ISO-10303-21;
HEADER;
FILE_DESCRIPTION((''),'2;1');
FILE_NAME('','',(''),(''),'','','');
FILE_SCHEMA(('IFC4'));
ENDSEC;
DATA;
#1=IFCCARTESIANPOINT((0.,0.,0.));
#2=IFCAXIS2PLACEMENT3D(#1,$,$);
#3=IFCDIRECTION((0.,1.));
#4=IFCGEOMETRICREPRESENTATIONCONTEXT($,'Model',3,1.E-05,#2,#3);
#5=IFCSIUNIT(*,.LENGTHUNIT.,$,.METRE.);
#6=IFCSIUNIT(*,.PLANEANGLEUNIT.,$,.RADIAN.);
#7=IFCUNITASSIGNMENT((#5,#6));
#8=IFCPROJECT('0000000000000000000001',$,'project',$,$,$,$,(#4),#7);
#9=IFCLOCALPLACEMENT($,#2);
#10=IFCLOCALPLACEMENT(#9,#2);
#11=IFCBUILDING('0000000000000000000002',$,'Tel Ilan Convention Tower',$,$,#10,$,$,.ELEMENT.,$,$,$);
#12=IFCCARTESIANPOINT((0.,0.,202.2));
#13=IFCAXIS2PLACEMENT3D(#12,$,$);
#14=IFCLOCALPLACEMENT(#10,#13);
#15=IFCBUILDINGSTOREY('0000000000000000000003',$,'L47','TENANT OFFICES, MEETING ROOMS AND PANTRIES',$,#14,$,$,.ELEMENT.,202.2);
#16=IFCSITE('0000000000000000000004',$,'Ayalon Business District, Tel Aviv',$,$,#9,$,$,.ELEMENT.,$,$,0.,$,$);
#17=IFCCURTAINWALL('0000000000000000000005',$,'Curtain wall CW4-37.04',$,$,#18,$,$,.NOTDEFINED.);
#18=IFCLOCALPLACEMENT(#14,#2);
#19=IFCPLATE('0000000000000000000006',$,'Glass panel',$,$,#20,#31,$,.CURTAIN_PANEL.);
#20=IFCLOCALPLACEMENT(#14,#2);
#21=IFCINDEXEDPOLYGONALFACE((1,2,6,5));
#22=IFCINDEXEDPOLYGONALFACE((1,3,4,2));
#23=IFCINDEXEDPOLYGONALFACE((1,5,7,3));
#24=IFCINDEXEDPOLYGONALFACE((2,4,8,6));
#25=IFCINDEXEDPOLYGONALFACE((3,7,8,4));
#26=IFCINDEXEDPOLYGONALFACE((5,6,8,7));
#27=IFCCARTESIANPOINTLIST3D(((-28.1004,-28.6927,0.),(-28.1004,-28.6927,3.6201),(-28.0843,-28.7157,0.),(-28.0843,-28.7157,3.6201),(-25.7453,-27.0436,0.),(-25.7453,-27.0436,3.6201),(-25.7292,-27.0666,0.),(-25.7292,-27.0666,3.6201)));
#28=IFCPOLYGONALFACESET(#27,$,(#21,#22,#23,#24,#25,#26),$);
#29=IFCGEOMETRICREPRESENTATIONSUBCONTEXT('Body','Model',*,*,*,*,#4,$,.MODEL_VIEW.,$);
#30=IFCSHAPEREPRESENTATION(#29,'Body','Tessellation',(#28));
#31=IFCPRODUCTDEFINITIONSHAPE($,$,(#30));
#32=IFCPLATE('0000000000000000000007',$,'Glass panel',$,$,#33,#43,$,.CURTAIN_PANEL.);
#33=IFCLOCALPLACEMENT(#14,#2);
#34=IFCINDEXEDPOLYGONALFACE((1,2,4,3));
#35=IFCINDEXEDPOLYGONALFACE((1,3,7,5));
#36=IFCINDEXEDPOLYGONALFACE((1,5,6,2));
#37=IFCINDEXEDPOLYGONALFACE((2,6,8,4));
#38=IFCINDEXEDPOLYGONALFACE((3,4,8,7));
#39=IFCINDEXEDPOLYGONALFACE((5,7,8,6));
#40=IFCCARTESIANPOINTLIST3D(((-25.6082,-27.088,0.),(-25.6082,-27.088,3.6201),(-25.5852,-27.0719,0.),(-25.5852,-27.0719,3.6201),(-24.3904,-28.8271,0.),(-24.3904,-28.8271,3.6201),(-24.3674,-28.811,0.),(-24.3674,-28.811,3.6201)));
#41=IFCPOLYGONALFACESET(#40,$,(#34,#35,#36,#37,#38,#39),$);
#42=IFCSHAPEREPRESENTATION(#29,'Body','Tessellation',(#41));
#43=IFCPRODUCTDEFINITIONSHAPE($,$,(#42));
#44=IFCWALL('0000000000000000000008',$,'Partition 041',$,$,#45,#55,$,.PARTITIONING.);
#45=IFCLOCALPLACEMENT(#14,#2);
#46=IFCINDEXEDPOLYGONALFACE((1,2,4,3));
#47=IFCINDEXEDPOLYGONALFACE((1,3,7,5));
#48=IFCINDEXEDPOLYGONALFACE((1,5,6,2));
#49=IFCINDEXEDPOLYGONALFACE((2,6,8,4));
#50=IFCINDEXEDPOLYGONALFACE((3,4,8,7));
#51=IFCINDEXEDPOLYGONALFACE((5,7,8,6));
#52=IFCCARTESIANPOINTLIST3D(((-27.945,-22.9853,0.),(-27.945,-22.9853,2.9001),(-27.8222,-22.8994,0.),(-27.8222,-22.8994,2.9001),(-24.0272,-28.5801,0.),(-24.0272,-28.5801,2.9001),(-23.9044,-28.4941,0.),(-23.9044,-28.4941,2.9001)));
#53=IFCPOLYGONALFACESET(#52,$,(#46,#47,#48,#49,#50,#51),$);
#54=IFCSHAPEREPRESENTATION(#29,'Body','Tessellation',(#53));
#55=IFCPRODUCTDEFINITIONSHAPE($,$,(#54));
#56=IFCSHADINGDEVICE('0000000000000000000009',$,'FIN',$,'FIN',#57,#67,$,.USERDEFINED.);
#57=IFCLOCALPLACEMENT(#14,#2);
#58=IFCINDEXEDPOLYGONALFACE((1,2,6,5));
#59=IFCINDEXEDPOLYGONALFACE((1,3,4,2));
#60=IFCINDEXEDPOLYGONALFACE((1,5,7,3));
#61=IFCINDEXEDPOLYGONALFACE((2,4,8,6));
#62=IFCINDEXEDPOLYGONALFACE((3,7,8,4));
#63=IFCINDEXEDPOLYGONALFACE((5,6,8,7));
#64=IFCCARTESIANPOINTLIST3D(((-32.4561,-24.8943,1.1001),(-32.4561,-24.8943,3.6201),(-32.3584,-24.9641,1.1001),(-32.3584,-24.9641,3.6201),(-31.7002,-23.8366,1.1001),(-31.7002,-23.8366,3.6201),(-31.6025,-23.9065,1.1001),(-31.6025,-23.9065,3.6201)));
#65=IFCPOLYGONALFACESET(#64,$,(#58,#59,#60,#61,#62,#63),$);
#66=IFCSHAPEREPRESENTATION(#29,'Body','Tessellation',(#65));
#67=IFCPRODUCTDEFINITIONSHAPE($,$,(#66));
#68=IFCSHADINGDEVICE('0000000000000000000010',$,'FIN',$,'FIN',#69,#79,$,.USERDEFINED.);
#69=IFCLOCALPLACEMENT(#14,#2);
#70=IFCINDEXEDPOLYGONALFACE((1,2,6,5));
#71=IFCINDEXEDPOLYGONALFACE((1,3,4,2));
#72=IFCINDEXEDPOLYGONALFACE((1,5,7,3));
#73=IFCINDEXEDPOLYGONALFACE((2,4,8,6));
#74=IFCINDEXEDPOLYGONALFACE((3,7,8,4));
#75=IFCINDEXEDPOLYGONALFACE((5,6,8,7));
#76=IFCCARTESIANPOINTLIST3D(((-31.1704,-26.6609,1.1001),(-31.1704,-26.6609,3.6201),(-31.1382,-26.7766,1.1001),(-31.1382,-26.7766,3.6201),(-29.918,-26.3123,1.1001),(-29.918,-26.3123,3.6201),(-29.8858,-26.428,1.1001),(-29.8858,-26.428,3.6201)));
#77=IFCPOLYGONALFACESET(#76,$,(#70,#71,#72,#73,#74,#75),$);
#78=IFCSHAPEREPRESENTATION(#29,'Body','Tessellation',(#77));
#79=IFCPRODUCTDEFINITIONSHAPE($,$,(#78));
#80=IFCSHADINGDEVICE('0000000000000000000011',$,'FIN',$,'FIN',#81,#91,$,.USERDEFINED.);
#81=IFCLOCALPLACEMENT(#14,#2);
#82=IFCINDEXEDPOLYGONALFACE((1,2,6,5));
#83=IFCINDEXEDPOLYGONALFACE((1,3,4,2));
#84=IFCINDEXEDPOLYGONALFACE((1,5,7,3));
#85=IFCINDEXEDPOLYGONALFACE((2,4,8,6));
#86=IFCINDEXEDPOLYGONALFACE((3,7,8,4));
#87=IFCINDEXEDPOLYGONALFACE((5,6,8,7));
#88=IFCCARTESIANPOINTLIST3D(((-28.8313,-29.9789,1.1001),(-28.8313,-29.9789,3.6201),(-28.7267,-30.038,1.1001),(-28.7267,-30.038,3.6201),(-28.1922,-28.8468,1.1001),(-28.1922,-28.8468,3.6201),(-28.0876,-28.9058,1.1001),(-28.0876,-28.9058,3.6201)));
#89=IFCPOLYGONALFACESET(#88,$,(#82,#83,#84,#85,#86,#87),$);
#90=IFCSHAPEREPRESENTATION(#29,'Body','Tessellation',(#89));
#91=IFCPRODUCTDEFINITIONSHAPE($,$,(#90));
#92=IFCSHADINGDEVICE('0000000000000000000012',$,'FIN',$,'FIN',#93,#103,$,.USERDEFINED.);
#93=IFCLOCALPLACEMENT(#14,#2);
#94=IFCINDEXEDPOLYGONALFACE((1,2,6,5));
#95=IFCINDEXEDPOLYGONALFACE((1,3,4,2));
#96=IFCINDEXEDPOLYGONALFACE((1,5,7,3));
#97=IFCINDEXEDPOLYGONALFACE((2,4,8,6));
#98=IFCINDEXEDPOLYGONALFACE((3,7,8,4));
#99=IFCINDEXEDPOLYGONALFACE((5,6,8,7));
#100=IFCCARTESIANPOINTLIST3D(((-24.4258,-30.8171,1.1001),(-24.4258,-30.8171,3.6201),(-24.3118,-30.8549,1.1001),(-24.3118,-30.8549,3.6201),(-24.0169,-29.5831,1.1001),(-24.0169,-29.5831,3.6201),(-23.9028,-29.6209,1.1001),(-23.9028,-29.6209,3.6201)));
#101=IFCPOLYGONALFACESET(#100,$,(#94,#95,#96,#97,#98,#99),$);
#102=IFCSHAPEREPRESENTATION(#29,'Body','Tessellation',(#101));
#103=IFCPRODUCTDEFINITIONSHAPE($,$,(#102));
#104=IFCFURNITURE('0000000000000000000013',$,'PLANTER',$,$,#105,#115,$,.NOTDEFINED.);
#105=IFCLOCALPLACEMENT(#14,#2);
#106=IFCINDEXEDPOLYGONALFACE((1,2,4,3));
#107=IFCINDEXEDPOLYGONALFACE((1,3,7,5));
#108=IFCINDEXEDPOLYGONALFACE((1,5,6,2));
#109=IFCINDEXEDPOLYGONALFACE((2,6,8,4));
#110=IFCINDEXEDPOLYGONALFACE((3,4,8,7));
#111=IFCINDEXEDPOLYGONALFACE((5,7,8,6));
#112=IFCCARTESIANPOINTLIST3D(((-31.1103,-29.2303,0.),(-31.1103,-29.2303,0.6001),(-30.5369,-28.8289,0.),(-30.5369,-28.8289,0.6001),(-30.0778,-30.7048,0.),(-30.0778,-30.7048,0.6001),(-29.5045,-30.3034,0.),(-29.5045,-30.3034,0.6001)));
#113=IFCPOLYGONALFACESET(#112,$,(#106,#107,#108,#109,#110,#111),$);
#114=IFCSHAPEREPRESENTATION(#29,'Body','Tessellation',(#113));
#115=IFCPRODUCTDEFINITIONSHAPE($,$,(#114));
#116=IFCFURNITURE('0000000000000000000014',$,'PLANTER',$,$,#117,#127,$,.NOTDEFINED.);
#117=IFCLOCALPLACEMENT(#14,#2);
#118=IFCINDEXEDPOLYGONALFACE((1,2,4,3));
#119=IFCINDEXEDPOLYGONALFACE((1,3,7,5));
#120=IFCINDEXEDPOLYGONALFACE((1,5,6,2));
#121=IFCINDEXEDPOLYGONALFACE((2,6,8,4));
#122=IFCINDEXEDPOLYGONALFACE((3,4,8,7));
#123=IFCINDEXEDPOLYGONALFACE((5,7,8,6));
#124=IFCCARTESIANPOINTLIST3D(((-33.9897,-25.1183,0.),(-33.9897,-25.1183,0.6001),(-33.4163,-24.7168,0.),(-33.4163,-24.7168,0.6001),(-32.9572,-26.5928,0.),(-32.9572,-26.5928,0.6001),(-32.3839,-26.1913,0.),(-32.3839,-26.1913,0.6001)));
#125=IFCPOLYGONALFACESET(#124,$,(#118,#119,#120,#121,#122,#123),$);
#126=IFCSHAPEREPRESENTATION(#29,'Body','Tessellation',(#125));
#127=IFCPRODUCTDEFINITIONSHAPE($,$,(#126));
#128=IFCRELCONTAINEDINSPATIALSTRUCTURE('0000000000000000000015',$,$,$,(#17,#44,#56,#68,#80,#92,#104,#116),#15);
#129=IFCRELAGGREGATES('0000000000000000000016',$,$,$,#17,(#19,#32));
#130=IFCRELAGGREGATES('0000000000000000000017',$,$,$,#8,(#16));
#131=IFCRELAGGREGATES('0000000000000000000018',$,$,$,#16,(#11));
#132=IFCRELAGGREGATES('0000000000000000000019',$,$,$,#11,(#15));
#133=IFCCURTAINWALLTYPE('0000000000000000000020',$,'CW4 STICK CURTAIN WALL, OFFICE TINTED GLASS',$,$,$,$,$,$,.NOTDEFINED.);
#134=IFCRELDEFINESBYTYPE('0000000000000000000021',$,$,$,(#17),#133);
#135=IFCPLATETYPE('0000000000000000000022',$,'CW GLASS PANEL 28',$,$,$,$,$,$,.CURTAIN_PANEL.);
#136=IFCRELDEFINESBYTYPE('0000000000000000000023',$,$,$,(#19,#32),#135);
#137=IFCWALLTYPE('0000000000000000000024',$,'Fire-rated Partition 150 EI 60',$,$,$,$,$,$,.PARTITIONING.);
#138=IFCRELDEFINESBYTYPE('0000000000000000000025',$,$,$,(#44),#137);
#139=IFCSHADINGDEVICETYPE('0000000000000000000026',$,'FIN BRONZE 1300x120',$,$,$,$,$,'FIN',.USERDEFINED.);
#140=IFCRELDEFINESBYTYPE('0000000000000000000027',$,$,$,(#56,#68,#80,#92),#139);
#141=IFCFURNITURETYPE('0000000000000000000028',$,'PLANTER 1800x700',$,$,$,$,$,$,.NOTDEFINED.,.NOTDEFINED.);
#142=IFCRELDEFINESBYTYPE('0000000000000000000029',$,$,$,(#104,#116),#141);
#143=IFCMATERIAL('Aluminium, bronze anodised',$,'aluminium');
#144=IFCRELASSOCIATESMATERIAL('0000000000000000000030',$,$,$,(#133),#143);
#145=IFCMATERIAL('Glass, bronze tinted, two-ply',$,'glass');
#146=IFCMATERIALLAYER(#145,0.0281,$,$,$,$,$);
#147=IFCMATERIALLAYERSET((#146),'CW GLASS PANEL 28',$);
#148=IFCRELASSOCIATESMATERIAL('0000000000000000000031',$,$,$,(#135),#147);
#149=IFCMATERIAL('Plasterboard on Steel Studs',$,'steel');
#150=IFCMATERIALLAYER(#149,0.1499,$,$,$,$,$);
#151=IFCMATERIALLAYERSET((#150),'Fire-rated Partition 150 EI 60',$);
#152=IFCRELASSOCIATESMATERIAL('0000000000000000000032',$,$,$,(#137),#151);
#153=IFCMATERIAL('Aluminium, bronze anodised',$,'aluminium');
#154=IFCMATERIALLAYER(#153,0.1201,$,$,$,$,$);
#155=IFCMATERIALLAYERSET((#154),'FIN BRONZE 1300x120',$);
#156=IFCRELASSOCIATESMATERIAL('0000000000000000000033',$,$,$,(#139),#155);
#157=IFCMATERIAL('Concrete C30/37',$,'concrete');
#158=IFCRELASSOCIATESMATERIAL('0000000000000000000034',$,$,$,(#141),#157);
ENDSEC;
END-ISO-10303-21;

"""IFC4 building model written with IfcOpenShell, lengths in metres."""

from ifc_helpers import new_model, si_unit, direction, frame, frame_2d, origin, origin_2d, place, context, subcontext, project, spatial, rectangle, extrude, material, layer, layer_set, type_object, element, aggregate, save


model = new_model("IFC4")

# Units and contexts
model_context = context("Model", 3, precision=1e-05, world=origin(), true_north=direction((0.0, 1.0)))
body_context = subcontext(model_context, "Body", "Model", "MODEL_VIEW")
ifc_project = project(units=[si_unit("LENGTHUNIT", "METRE"), si_unit("PLANEANGLEUNIT", "RADIAN")], contexts=[model_context])

# Site, building, storey
site_placement = place(None, origin())
site = spatial("IfcSite", under=ifc_project, at=site_placement, Name="Ayalon Business District, Tel Aviv", CompositionType="ELEMENT", RefElevation=0.0)
building_placement = place(site_placement, origin())
building = spatial("IfcBuilding", under=site, at=building_placement, Name="Tel Ilan Convention Tower", CompositionType="ELEMENT")
storey_placement = place(building_placement, frame((0.0, 0.0, 202.2)))
storey = spatial("IfcBuildingStorey", under=building, at=storey_placement, Name="L47", Description="TENANT OFFICES, MEETING ROOMS AND PANTRIES", CompositionType="ELEMENT", Elevation=202.2)

# Curtain wall
ifc_material_1 = material(Name="Aluminium, bronze anodised", Category="aluminium")
curtain_wall_type = type_object("IfcCurtainWallType", Name="CW4 STICK CURTAIN WALL, OFFICE TINTED GLASS", PredefinedType="NOTDEFINED", material=ifc_material_1)
curtain_wall_1_placement = place(storey_placement, origin())
curtain_wall_1 = element("IfcCurtainWall", 1, at=curtain_wall_1_placement, inside=storey, type_object=curtain_wall_type, Name="Curtain wall CW4-37.04", PredefinedType="NOTDEFINED")

# Plates
ifc_material_2 = material(Name="Glass, bronze tinted, two-ply", Category="glass")
ifc_layer_1 = layer(ifc_material_2, 0.0281)
ifc_layer_set_1 = layer_set([ifc_layer_1], Name="CW GLASS PANEL 28")
plate_type = type_object("IfcPlateType", Name="CW GLASS PANEL 28", PredefinedType="CURTAIN_PANEL", material=ifc_layer_set_1)
plate_1_placement = place(storey_placement, frame((-26.9148, -27.8796, 0.0), z_axis=(0.0, 0.0, 1.0), x_axis=(0.819152, 0.573576, 0.0)))
plate_1 = element("IfcPlate", 2, at=plate_1_placement, type_object=plate_type, Name="Glass panel", PredefinedType="CURTAIN_PANEL", context=body_context, shape_type="SweptSolid", body=[
    extrude(rectangle(XDim=2.875, YDim=0.0281, at=origin_2d()), origin(), (0.0, 0.0, 1.0), 3.6201),
])
plate_2_placement = place(storey_placement, frame((-24.9878, -27.9495, 0.0), z_axis=(0.0, 0.0, 1.0), x_axis=(0.573576, -0.819152, 0.0)))
plate_2 = element("IfcPlate", 3, at=plate_2_placement, type_object=plate_type, Name="Glass panel", PredefinedType="CURTAIN_PANEL", context=body_context, shape_type="SweptSolid", body=[
    extrude(rectangle(XDim=2.123, YDim=0.0281, at=origin_2d()), origin(), (0.0, 0.0, 1.0), 3.6201),
])
aggregate(curtain_wall_1, [plate_1, plate_2])

# Wall
ifc_material_3 = material(Name="Plasterboard on Steel Studs", Category="steel")
ifc_layer_2 = layer(ifc_material_3, 0.1499)
ifc_layer_set_2 = layer_set([ifc_layer_2], Name="Fire-rated Partition 150 EI 60")
wall_type = type_object("IfcWallType", Name="Fire-rated Partition 150 EI 60", PredefinedType="PARTITIONING", material=ifc_layer_set_2)
wall_placement = place(storey_placement, frame((-23.9658, -28.5371, 0.0), z_axis=(0.0, 0.0, 1.0), x_axis=(-0.573601, 0.819135, 0.0)))
element("IfcWall", 4, at=wall_placement, inside=storey, type_object=wall_type, Name="Partition 041", PredefinedType="PARTITIONING", context=body_context, shape_type="SweptSolid", body=[
    extrude(rectangle(XDim=6.8301, YDim=0.1499, at=frame_2d((3.415, 0.0))), origin(), (0.0, 0.0, 1.0), 2.9001),
])

# Shading devices
ifc_material_4 = material(Name="Aluminium, bronze anodised", Category="aluminium")
ifc_layer_3 = layer(ifc_material_4, 0.1201)
ifc_layer_set_3 = layer_set([ifc_layer_3], Name="FIN BRONZE 1300x120")
shading_device_type = type_object("IfcShadingDeviceType", Name="FIN BRONZE 1300x120", ElementType="FIN", PredefinedType="USERDEFINED", material=ifc_layer_set_3)
for number, where, z_axis, x_axis, name in (
    (5, (-32.0293, -24.4004, 1.1001), (0.0, 0.0, 1.0), (-0.581492, -0.813552, 0.0), "FIN"),
    (6, (-30.5281, -26.5444, 1.1001), (0.0, 0.0, 1.0), (-0.963371, -0.268173, 0.0), "FIN"),
    (7, (-28.4595, -29.4424, 1.1001), (0.0, 0.0, 1.0), (-0.491579, -0.870833, 0.0), "FIN"),
    (8, (-24.1643, -30.219, 1.1001), (0.0, 0.0, 1.0), (-0.314545, -0.949243, 0.0), "FIN"),
):
    element("IfcShadingDevice", number, at=place(storey_placement, frame(where, z_axis=z_axis, x_axis=x_axis)), inside=storey, type_object=shading_device_type, Name=name, ObjectType="FIN", PredefinedType="USERDEFINED", context=body_context, shape_type="SweptSolid", body=[
        extrude(rectangle(XDim=1.3, YDim=0.1201, at=origin_2d()), origin(), (0.0, 0.0, 1.0), 2.52),
    ])

# Furniture
ifc_material_5 = material(Name="Concrete C30/37", Category="concrete")
furniture_type = type_object("IfcFurnitureType", Name="PLANTER 1800x700", AssemblyPlace="NOTDEFINED", PredefinedType="NOTDEFINED", material=ifc_material_5)
for number, where, z_axis, x_axis, name in (
    (9, (-30.3074, -29.7668, 0.0), (0.0, 0.0, 1.0), (-0.573576, 0.819152, 0.0), "PLANTER"),
    (10, (-33.1868, -25.6548, 0.0), (0.0, 0.0, 1.0), (-0.573576, 0.819152, 0.0), "PLANTER"),
):
    element("IfcFurniture", number, at=place(storey_placement, frame(where, z_axis=z_axis, x_axis=x_axis)), inside=storey, type_object=furniture_type, Name=name, PredefinedType="NOTDEFINED", context=body_context, shape_type="SweptSolid", body=[
        extrude(rectangle(XDim=1.8, YDim=0.7, at=origin_2d()), origin(), (0.0, 0.0, 1.0), 0.6001),
    ])

save(model, "model.ifc")
